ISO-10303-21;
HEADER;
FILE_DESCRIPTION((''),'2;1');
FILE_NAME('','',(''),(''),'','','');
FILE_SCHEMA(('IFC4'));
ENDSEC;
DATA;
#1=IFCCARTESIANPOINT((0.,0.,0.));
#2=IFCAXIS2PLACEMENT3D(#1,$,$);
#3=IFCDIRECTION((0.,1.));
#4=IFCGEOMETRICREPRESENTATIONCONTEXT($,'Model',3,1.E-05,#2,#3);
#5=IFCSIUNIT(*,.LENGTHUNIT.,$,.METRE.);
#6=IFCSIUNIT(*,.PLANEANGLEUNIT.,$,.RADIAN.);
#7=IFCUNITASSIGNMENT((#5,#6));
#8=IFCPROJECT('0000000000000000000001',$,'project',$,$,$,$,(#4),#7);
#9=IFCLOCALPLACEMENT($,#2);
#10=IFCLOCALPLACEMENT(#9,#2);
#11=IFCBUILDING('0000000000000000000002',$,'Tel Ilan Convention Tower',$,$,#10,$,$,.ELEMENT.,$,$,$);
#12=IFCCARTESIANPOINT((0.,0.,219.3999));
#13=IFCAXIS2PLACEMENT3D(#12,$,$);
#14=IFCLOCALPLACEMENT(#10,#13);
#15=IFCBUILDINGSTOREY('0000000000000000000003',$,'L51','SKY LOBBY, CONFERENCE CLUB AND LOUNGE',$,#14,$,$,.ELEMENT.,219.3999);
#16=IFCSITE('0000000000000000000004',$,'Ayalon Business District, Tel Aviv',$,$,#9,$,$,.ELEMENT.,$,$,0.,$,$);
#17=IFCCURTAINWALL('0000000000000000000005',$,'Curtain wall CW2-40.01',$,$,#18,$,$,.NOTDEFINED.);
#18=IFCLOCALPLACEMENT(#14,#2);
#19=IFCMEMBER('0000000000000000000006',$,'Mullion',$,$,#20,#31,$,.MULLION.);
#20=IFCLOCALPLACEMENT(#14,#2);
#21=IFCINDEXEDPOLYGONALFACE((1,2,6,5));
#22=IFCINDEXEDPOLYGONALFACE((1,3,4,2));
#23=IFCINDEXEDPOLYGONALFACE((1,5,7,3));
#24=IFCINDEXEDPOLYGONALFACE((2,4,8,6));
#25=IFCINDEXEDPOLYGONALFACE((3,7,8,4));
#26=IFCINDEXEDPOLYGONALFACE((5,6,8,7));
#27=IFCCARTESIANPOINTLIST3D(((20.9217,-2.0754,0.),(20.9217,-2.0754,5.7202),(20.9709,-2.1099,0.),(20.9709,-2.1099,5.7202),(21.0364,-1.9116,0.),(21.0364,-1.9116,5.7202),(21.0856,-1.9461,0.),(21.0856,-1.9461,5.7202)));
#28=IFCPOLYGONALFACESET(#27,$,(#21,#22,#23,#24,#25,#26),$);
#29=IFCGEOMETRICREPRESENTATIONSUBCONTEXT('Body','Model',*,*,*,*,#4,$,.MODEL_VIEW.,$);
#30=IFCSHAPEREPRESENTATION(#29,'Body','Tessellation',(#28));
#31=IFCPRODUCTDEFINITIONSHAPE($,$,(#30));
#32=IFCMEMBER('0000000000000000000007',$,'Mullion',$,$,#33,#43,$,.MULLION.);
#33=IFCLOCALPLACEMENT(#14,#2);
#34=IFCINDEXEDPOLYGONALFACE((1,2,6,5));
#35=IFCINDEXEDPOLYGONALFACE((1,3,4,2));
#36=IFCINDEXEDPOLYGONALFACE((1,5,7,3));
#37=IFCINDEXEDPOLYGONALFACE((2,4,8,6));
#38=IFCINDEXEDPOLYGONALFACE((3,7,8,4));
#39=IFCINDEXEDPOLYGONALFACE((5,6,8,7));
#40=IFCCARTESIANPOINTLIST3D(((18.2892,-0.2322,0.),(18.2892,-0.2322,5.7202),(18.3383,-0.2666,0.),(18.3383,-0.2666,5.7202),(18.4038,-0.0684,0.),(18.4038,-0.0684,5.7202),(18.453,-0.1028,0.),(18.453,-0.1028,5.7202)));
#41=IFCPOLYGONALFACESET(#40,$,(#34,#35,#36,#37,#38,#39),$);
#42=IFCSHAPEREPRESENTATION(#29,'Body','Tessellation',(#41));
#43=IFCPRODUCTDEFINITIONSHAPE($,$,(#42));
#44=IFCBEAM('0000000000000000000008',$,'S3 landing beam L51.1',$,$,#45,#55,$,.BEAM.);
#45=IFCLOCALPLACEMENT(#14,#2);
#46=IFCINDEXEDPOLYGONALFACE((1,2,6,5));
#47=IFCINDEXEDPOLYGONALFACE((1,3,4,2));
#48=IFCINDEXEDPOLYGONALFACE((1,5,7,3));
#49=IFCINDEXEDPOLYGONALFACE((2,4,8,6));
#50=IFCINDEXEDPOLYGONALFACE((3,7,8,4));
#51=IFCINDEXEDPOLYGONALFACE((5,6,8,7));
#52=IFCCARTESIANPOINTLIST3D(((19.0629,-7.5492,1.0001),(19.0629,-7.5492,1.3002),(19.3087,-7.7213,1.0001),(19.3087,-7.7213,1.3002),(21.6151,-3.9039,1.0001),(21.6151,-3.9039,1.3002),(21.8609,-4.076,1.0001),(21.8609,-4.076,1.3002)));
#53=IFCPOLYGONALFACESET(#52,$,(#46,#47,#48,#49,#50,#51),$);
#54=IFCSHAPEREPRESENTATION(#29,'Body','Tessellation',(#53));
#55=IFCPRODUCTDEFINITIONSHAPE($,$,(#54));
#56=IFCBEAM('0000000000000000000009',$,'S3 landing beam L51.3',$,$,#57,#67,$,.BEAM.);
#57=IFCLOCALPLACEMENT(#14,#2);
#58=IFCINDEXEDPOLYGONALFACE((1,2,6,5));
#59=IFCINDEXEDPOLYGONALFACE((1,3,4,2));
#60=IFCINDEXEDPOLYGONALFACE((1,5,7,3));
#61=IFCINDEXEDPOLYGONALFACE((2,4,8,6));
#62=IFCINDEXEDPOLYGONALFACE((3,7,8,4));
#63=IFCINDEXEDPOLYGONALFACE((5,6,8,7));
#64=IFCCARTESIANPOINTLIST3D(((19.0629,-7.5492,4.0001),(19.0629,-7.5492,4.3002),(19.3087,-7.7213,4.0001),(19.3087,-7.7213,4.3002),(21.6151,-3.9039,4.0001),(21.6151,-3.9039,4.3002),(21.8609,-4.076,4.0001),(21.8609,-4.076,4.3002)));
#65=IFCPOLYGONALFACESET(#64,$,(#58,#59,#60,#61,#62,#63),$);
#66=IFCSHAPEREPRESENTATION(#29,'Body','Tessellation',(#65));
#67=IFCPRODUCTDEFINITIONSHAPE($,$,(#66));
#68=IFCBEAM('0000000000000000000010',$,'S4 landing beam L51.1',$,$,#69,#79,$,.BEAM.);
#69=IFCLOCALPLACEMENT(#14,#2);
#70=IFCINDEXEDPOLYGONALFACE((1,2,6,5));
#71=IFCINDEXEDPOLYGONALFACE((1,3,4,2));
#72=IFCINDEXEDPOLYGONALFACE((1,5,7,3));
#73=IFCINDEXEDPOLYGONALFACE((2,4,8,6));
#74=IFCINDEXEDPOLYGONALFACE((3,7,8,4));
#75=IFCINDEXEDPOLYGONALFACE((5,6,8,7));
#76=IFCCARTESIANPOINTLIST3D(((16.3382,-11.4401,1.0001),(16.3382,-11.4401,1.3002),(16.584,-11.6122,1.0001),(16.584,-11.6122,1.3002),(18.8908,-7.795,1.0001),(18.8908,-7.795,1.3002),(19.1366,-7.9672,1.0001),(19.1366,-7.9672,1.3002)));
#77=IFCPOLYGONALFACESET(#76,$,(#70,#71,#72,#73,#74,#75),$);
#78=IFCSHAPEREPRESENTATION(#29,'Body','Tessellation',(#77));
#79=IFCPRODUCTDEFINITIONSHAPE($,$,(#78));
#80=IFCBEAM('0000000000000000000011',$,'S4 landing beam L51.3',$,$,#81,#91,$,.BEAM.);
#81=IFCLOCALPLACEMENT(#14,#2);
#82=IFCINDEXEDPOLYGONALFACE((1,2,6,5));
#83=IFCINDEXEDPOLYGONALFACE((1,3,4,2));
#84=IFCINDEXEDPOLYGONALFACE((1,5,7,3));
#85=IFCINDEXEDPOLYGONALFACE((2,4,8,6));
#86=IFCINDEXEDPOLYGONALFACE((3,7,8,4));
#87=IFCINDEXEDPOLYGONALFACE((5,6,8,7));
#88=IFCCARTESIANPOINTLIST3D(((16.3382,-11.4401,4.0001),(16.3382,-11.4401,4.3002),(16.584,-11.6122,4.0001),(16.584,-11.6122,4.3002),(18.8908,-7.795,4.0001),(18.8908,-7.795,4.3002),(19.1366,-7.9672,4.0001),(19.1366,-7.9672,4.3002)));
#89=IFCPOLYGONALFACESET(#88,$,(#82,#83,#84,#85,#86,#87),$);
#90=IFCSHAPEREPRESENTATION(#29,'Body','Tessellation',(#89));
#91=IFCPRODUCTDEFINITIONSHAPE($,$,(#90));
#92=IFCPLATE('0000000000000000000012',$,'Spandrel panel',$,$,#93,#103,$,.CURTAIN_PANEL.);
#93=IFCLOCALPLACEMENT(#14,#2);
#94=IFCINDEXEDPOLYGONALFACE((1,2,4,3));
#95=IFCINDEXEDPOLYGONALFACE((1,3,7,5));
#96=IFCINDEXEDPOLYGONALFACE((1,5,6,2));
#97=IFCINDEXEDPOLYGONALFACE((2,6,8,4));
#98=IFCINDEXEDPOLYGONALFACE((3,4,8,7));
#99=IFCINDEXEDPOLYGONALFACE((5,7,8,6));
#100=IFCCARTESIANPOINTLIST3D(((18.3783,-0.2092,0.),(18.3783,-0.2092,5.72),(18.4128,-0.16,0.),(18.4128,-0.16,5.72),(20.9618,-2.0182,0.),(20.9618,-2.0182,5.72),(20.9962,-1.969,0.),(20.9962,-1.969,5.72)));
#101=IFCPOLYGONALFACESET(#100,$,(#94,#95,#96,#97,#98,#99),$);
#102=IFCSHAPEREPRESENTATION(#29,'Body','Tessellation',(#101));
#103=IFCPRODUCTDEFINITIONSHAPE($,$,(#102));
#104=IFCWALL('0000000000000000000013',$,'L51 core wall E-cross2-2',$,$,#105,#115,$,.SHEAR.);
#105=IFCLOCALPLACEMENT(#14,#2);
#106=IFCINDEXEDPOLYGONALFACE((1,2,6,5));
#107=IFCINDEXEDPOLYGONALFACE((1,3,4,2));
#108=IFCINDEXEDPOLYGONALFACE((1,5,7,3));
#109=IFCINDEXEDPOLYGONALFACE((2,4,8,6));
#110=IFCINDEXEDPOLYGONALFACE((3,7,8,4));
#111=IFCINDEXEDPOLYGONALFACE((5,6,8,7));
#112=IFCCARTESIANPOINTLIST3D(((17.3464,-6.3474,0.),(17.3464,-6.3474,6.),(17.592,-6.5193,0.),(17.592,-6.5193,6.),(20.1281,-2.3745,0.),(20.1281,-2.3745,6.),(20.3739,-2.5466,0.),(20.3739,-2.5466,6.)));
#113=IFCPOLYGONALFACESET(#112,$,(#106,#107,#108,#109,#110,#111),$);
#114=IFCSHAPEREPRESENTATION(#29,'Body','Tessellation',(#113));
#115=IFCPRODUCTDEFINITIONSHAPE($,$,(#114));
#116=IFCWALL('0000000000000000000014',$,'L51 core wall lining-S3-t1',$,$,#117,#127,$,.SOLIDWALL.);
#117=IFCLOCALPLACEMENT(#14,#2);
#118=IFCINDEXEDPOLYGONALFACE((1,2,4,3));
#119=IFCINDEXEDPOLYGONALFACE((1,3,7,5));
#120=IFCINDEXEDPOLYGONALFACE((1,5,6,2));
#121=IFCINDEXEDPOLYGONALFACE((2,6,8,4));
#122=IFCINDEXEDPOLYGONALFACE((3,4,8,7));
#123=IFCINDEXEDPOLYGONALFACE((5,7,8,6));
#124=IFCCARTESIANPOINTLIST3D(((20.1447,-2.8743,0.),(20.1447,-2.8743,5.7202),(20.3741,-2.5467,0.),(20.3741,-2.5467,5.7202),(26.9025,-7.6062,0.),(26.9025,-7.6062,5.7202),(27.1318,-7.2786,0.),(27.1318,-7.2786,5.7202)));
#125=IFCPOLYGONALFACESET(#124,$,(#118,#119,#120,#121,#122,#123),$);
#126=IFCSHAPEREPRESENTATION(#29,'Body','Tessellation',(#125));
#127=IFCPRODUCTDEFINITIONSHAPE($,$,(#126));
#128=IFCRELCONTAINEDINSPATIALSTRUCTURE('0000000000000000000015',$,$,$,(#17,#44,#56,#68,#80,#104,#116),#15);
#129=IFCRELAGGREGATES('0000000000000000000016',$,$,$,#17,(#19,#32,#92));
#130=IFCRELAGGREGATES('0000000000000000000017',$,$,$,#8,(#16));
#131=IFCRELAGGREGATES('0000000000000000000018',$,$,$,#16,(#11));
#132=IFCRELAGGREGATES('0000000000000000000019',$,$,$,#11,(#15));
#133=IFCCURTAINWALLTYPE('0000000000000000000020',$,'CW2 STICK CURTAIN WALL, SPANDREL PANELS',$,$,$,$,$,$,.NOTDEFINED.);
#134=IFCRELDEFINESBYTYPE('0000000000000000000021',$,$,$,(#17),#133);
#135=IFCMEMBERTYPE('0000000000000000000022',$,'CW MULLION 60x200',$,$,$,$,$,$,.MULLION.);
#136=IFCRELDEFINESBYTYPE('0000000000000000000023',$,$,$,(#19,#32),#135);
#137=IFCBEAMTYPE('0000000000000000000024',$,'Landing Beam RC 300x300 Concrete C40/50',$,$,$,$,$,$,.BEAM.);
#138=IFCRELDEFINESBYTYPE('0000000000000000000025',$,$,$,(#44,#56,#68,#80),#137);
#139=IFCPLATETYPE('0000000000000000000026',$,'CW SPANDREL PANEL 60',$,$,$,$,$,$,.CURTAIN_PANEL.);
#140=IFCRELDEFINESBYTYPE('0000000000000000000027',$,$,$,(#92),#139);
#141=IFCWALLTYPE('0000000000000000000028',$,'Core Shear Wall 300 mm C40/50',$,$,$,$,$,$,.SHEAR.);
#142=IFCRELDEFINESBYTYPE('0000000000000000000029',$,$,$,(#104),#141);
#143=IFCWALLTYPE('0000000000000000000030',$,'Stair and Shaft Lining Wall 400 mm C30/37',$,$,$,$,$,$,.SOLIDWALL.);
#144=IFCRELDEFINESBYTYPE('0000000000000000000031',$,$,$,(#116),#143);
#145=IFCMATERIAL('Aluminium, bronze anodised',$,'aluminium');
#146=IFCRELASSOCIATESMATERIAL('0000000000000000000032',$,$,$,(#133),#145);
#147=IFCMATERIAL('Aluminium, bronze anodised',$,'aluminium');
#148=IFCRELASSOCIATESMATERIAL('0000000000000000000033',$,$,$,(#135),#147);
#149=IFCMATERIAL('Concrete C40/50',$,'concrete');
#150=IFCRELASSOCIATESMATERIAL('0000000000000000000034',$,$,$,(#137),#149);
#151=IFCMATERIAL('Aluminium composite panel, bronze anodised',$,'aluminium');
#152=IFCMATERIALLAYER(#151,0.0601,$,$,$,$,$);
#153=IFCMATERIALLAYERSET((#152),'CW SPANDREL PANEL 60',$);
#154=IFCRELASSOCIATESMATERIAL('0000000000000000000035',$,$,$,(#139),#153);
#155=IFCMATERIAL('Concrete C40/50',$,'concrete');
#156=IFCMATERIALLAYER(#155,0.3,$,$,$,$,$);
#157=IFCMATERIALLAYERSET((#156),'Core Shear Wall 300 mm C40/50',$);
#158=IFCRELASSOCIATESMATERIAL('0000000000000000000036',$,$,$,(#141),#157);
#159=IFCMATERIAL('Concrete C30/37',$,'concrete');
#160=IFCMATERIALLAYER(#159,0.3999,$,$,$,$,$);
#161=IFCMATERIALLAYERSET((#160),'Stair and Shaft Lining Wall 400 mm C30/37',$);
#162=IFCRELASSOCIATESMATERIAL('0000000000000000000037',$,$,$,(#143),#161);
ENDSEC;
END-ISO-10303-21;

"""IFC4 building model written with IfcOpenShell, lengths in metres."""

from ifc_helpers import new_model, si_unit, direction, frame, frame_2d, origin, origin_2d, place, context, subcontext, project, spatial, polyline, rectangle, outline, extrude, material, layer, layer_set, material_profile, profile_set, type_object, element, aggregate, save


model = new_model("IFC4")

# Units and contexts
model_context = context("Model", 3, precision=1e-05, world=origin(), true_north=direction((0.0, 1.0)))
body_context = subcontext(model_context, "Body", "Model", "MODEL_VIEW")
ifc_project = project(units=[si_unit("LENGTHUNIT", "METRE"), si_unit("PLANEANGLEUNIT", "RADIAN")], contexts=[model_context])

# Site, building, storey
site_placement = place(None, origin())
site = spatial("IfcSite", under=ifc_project, at=site_placement, Name="Ayalon Business District, Tel Aviv", CompositionType="ELEMENT", RefElevation=0.0)
building_placement = place(site_placement, origin())
building = spatial("IfcBuilding", under=site, at=building_placement, Name="Tel Ilan Convention Tower", CompositionType="ELEMENT")
storey_placement = place(building_placement, frame((0.0, 0.0, 219.3999)))
storey = spatial("IfcBuildingStorey", under=building, at=storey_placement, Name="L51", Description="SKY LOBBY, CONFERENCE CLUB AND LOUNGE", CompositionType="ELEMENT", Elevation=219.3999)

# Curtain wall, members
ifc_material_1 = material(Name="Aluminium, bronze anodised", Category="aluminium")
curtain_wall_type = type_object("IfcCurtainWallType", Name="CW2 STICK CURTAIN WALL, SPANDREL PANELS", PredefinedType="NOTDEFINED", material=ifc_material_1)
curtain_wall_placement = place(storey_placement, origin())
curtain_wall = element("IfcCurtainWall", 1, at=curtain_wall_placement, inside=storey, type_object=curtain_wall_type, Name="Curtain wall CW2-40.01", PredefinedType="NOTDEFINED")
ifc_material_2 = material(Name="Aluminium, bronze anodised", Category="aluminium")
ifc_material_profile_1 = material_profile(ifc_material_2, rectangle(XDim=0.0601, YDim=0.2, at=origin_2d()), Name="CW MULLION 60x200")
ifc_profile_set_1 = profile_set([ifc_material_profile_1], Name="Aluminium, bronze anodised")
member_type = type_object("IfcMemberType", Name="CW MULLION 60x200", PredefinedType="MULLION", material=ifc_profile_set_1)
member_1_placement = place(storey_placement, frame((21.0037, -2.0107, 0.0), z_axis=(0.0, 0.0, 1.0), x_axis=(-0.819152, 0.573576, 0.0)))
member_1 = element("IfcMember", 2, at=member_1_placement, type_object=member_type, Name="Mullion", PredefinedType="MULLION", context=body_context, shape_type="SweptSolid", body=[
    extrude(rectangle(XDim=0.0601, YDim=0.2, at=origin_2d()), origin(), (0.0, 0.0, 1.0), 5.7202),
])
member_2_placement = place(storey_placement, frame((18.3711, -0.1675, 0.0), z_axis=(0.0, 0.0, 1.0), x_axis=(-0.819152, 0.573576, 0.0)))
member_2 = element("IfcMember", 3, at=member_2_placement, type_object=member_type, Name="Mullion", PredefinedType="MULLION", context=body_context, shape_type="SweptSolid", body=[
    extrude(rectangle(XDim=0.0601, YDim=0.2, at=origin_2d()), origin(), (0.0, 0.0, 1.0), 5.7202),
])

# Beams
ifc_material_3 = material(Name="Concrete C40/50", Category="concrete")
ifc_material_profile_2 = material_profile(ifc_material_3, rectangle(XDim=0.3, YDim=0.3, at=origin_2d()), Name="RC 300x300")
ifc_profile_set_2 = profile_set([ifc_material_profile_2], Name="Concrete C40/50")
beam_type = type_object("IfcBeamType", Name="Landing Beam RC 300x300 Concrete C40/50", PredefinedType="BEAM", material=ifc_profile_set_2)
for number, where, z_axis, x_axis, name in (
    (4, (21.738, -3.99, 1.1501), (-0.573547, -0.819173, 0.0), (0.819173, -0.573547, 0.0), "S3 landing beam L51.1"),
    (5, (21.738, -3.99, 4.1501), (-0.573547, -0.819173, 0.0), (0.819173, -0.573547, 0.0), "S3 landing beam L51.3"),
    (6, (19.0137, -7.8811, 1.1501), (-0.57361, -0.819129, 0.0), (0.819129, -0.57361, 0.0), "S4 landing beam L51.1"),
    (7, (19.0137, -7.8811, 4.1501), (-0.57361, -0.819129, 0.0), (0.819129, -0.57361, 0.0), "S4 landing beam L51.3"),
):
    element("IfcBeam", number, at=place(storey_placement, frame(where, z_axis=z_axis, x_axis=x_axis)), inside=storey, type_object=beam_type, Name=name, PredefinedType="BEAM", context=body_context, shape_type="SweptSolid", body=[
        extrude(rectangle(XDim=0.3, YDim=0.3, at=origin_2d()), origin(), (0.0, 0.0, 1.0), 4.45),
    ])

# Plate
ifc_material_4 = material(Name="Aluminium composite panel, bronze anodised", Category="aluminium")
ifc_layer_1 = layer(ifc_material_4, 0.0601)
ifc_layer_set_1 = layer_set([ifc_layer_1], Name="CW SPANDREL PANEL 60")
plate_type = type_object("IfcPlateType", Name="CW SPANDREL PANEL 60", PredefinedType="CURTAIN_PANEL", material=ifc_layer_set_1)
plate_placement = place(storey_placement, frame((19.6873, -1.0891, 0.0), z_axis=(0.0, 0.0, 1.0), x_axis=(-0.819152, 0.573576, 0.0)))
plate = element("IfcPlate", 8, at=plate_placement, type_object=plate_type, Name="Spandrel panel", PredefinedType="CURTAIN_PANEL", context=body_context, shape_type="SweptSolid", body=[
    extrude(rectangle(XDim=3.1538, YDim=0.0601, at=origin_2d()), origin(), (0.0, 0.0, 1.0), 5.72),
])
aggregate(curtain_wall, [member_1, member_2, plate])

# Walls
ifc_material_5 = material(Name="Concrete C40/50", Category="concrete")
ifc_layer_2 = layer(ifc_material_5, 0.3)
ifc_layer_set_2 = layer_set([ifc_layer_2], Name="Core Shear Wall 300 mm C40/50")
wall_type_1 = type_object("IfcWallType", Name="Core Shear Wall 300 mm C40/50", PredefinedType="SHEAR", material=ifc_layer_set_2)
wall_1_placement = place(storey_placement, frame((17.4692, -6.4333, 0.0), z_axis=(0.0, 0.0, 1.0), x_axis=(0.573594, 0.81914, 0.0)))
element("IfcWall", 9, at=wall_1_placement, inside=storey, type_object=wall_type_1, Name="L51 core wall E-cross2-2", PredefinedType="SHEAR", context=body_context, shape_type="SweptSolid", body=[
    extrude(outline(polyline([(4.8499, -0.1499), (4.8499, 0.1501), (0.0, 0.1499), (0.0, -0.1499), (4.8499, -0.1499)])), origin(), (0.0, 0.0, 1.0), 6.0),
])
ifc_material_6 = material(Name="Concrete C30/37", Category="concrete")
ifc_layer_3 = layer(ifc_material_6, 0.3999)
ifc_layer_set_3 = layer_set([ifc_layer_3], Name="Stair and Shaft Lining Wall 400 mm C30/37")
wall_type_2 = type_object("IfcWallType", Name="Stair and Shaft Lining Wall 400 mm C30/37", PredefinedType="SOLIDWALL", material=ifc_layer_set_3)
wall_2_placement = place(storey_placement, frame((20.2593, -2.7104, 0.0), z_axis=(0.0, 0.0, 1.0), x_axis=(0.819148, -0.573582, 0.0)))
element("IfcWall", 10, at=wall_2_placement, inside=storey, type_object=wall_type_2, Name="L51 core wall lining-S3-t1", PredefinedType="SOLIDWALL", context=body_context, shape_type="SweptSolid", body=[
    extrude(rectangle(XDim=8.2498, YDim=0.3999, at=frame_2d((4.125, 0.0))), origin(), (0.0, 0.0, 1.0), 5.7202),
])

save(model, "model.ifc")
